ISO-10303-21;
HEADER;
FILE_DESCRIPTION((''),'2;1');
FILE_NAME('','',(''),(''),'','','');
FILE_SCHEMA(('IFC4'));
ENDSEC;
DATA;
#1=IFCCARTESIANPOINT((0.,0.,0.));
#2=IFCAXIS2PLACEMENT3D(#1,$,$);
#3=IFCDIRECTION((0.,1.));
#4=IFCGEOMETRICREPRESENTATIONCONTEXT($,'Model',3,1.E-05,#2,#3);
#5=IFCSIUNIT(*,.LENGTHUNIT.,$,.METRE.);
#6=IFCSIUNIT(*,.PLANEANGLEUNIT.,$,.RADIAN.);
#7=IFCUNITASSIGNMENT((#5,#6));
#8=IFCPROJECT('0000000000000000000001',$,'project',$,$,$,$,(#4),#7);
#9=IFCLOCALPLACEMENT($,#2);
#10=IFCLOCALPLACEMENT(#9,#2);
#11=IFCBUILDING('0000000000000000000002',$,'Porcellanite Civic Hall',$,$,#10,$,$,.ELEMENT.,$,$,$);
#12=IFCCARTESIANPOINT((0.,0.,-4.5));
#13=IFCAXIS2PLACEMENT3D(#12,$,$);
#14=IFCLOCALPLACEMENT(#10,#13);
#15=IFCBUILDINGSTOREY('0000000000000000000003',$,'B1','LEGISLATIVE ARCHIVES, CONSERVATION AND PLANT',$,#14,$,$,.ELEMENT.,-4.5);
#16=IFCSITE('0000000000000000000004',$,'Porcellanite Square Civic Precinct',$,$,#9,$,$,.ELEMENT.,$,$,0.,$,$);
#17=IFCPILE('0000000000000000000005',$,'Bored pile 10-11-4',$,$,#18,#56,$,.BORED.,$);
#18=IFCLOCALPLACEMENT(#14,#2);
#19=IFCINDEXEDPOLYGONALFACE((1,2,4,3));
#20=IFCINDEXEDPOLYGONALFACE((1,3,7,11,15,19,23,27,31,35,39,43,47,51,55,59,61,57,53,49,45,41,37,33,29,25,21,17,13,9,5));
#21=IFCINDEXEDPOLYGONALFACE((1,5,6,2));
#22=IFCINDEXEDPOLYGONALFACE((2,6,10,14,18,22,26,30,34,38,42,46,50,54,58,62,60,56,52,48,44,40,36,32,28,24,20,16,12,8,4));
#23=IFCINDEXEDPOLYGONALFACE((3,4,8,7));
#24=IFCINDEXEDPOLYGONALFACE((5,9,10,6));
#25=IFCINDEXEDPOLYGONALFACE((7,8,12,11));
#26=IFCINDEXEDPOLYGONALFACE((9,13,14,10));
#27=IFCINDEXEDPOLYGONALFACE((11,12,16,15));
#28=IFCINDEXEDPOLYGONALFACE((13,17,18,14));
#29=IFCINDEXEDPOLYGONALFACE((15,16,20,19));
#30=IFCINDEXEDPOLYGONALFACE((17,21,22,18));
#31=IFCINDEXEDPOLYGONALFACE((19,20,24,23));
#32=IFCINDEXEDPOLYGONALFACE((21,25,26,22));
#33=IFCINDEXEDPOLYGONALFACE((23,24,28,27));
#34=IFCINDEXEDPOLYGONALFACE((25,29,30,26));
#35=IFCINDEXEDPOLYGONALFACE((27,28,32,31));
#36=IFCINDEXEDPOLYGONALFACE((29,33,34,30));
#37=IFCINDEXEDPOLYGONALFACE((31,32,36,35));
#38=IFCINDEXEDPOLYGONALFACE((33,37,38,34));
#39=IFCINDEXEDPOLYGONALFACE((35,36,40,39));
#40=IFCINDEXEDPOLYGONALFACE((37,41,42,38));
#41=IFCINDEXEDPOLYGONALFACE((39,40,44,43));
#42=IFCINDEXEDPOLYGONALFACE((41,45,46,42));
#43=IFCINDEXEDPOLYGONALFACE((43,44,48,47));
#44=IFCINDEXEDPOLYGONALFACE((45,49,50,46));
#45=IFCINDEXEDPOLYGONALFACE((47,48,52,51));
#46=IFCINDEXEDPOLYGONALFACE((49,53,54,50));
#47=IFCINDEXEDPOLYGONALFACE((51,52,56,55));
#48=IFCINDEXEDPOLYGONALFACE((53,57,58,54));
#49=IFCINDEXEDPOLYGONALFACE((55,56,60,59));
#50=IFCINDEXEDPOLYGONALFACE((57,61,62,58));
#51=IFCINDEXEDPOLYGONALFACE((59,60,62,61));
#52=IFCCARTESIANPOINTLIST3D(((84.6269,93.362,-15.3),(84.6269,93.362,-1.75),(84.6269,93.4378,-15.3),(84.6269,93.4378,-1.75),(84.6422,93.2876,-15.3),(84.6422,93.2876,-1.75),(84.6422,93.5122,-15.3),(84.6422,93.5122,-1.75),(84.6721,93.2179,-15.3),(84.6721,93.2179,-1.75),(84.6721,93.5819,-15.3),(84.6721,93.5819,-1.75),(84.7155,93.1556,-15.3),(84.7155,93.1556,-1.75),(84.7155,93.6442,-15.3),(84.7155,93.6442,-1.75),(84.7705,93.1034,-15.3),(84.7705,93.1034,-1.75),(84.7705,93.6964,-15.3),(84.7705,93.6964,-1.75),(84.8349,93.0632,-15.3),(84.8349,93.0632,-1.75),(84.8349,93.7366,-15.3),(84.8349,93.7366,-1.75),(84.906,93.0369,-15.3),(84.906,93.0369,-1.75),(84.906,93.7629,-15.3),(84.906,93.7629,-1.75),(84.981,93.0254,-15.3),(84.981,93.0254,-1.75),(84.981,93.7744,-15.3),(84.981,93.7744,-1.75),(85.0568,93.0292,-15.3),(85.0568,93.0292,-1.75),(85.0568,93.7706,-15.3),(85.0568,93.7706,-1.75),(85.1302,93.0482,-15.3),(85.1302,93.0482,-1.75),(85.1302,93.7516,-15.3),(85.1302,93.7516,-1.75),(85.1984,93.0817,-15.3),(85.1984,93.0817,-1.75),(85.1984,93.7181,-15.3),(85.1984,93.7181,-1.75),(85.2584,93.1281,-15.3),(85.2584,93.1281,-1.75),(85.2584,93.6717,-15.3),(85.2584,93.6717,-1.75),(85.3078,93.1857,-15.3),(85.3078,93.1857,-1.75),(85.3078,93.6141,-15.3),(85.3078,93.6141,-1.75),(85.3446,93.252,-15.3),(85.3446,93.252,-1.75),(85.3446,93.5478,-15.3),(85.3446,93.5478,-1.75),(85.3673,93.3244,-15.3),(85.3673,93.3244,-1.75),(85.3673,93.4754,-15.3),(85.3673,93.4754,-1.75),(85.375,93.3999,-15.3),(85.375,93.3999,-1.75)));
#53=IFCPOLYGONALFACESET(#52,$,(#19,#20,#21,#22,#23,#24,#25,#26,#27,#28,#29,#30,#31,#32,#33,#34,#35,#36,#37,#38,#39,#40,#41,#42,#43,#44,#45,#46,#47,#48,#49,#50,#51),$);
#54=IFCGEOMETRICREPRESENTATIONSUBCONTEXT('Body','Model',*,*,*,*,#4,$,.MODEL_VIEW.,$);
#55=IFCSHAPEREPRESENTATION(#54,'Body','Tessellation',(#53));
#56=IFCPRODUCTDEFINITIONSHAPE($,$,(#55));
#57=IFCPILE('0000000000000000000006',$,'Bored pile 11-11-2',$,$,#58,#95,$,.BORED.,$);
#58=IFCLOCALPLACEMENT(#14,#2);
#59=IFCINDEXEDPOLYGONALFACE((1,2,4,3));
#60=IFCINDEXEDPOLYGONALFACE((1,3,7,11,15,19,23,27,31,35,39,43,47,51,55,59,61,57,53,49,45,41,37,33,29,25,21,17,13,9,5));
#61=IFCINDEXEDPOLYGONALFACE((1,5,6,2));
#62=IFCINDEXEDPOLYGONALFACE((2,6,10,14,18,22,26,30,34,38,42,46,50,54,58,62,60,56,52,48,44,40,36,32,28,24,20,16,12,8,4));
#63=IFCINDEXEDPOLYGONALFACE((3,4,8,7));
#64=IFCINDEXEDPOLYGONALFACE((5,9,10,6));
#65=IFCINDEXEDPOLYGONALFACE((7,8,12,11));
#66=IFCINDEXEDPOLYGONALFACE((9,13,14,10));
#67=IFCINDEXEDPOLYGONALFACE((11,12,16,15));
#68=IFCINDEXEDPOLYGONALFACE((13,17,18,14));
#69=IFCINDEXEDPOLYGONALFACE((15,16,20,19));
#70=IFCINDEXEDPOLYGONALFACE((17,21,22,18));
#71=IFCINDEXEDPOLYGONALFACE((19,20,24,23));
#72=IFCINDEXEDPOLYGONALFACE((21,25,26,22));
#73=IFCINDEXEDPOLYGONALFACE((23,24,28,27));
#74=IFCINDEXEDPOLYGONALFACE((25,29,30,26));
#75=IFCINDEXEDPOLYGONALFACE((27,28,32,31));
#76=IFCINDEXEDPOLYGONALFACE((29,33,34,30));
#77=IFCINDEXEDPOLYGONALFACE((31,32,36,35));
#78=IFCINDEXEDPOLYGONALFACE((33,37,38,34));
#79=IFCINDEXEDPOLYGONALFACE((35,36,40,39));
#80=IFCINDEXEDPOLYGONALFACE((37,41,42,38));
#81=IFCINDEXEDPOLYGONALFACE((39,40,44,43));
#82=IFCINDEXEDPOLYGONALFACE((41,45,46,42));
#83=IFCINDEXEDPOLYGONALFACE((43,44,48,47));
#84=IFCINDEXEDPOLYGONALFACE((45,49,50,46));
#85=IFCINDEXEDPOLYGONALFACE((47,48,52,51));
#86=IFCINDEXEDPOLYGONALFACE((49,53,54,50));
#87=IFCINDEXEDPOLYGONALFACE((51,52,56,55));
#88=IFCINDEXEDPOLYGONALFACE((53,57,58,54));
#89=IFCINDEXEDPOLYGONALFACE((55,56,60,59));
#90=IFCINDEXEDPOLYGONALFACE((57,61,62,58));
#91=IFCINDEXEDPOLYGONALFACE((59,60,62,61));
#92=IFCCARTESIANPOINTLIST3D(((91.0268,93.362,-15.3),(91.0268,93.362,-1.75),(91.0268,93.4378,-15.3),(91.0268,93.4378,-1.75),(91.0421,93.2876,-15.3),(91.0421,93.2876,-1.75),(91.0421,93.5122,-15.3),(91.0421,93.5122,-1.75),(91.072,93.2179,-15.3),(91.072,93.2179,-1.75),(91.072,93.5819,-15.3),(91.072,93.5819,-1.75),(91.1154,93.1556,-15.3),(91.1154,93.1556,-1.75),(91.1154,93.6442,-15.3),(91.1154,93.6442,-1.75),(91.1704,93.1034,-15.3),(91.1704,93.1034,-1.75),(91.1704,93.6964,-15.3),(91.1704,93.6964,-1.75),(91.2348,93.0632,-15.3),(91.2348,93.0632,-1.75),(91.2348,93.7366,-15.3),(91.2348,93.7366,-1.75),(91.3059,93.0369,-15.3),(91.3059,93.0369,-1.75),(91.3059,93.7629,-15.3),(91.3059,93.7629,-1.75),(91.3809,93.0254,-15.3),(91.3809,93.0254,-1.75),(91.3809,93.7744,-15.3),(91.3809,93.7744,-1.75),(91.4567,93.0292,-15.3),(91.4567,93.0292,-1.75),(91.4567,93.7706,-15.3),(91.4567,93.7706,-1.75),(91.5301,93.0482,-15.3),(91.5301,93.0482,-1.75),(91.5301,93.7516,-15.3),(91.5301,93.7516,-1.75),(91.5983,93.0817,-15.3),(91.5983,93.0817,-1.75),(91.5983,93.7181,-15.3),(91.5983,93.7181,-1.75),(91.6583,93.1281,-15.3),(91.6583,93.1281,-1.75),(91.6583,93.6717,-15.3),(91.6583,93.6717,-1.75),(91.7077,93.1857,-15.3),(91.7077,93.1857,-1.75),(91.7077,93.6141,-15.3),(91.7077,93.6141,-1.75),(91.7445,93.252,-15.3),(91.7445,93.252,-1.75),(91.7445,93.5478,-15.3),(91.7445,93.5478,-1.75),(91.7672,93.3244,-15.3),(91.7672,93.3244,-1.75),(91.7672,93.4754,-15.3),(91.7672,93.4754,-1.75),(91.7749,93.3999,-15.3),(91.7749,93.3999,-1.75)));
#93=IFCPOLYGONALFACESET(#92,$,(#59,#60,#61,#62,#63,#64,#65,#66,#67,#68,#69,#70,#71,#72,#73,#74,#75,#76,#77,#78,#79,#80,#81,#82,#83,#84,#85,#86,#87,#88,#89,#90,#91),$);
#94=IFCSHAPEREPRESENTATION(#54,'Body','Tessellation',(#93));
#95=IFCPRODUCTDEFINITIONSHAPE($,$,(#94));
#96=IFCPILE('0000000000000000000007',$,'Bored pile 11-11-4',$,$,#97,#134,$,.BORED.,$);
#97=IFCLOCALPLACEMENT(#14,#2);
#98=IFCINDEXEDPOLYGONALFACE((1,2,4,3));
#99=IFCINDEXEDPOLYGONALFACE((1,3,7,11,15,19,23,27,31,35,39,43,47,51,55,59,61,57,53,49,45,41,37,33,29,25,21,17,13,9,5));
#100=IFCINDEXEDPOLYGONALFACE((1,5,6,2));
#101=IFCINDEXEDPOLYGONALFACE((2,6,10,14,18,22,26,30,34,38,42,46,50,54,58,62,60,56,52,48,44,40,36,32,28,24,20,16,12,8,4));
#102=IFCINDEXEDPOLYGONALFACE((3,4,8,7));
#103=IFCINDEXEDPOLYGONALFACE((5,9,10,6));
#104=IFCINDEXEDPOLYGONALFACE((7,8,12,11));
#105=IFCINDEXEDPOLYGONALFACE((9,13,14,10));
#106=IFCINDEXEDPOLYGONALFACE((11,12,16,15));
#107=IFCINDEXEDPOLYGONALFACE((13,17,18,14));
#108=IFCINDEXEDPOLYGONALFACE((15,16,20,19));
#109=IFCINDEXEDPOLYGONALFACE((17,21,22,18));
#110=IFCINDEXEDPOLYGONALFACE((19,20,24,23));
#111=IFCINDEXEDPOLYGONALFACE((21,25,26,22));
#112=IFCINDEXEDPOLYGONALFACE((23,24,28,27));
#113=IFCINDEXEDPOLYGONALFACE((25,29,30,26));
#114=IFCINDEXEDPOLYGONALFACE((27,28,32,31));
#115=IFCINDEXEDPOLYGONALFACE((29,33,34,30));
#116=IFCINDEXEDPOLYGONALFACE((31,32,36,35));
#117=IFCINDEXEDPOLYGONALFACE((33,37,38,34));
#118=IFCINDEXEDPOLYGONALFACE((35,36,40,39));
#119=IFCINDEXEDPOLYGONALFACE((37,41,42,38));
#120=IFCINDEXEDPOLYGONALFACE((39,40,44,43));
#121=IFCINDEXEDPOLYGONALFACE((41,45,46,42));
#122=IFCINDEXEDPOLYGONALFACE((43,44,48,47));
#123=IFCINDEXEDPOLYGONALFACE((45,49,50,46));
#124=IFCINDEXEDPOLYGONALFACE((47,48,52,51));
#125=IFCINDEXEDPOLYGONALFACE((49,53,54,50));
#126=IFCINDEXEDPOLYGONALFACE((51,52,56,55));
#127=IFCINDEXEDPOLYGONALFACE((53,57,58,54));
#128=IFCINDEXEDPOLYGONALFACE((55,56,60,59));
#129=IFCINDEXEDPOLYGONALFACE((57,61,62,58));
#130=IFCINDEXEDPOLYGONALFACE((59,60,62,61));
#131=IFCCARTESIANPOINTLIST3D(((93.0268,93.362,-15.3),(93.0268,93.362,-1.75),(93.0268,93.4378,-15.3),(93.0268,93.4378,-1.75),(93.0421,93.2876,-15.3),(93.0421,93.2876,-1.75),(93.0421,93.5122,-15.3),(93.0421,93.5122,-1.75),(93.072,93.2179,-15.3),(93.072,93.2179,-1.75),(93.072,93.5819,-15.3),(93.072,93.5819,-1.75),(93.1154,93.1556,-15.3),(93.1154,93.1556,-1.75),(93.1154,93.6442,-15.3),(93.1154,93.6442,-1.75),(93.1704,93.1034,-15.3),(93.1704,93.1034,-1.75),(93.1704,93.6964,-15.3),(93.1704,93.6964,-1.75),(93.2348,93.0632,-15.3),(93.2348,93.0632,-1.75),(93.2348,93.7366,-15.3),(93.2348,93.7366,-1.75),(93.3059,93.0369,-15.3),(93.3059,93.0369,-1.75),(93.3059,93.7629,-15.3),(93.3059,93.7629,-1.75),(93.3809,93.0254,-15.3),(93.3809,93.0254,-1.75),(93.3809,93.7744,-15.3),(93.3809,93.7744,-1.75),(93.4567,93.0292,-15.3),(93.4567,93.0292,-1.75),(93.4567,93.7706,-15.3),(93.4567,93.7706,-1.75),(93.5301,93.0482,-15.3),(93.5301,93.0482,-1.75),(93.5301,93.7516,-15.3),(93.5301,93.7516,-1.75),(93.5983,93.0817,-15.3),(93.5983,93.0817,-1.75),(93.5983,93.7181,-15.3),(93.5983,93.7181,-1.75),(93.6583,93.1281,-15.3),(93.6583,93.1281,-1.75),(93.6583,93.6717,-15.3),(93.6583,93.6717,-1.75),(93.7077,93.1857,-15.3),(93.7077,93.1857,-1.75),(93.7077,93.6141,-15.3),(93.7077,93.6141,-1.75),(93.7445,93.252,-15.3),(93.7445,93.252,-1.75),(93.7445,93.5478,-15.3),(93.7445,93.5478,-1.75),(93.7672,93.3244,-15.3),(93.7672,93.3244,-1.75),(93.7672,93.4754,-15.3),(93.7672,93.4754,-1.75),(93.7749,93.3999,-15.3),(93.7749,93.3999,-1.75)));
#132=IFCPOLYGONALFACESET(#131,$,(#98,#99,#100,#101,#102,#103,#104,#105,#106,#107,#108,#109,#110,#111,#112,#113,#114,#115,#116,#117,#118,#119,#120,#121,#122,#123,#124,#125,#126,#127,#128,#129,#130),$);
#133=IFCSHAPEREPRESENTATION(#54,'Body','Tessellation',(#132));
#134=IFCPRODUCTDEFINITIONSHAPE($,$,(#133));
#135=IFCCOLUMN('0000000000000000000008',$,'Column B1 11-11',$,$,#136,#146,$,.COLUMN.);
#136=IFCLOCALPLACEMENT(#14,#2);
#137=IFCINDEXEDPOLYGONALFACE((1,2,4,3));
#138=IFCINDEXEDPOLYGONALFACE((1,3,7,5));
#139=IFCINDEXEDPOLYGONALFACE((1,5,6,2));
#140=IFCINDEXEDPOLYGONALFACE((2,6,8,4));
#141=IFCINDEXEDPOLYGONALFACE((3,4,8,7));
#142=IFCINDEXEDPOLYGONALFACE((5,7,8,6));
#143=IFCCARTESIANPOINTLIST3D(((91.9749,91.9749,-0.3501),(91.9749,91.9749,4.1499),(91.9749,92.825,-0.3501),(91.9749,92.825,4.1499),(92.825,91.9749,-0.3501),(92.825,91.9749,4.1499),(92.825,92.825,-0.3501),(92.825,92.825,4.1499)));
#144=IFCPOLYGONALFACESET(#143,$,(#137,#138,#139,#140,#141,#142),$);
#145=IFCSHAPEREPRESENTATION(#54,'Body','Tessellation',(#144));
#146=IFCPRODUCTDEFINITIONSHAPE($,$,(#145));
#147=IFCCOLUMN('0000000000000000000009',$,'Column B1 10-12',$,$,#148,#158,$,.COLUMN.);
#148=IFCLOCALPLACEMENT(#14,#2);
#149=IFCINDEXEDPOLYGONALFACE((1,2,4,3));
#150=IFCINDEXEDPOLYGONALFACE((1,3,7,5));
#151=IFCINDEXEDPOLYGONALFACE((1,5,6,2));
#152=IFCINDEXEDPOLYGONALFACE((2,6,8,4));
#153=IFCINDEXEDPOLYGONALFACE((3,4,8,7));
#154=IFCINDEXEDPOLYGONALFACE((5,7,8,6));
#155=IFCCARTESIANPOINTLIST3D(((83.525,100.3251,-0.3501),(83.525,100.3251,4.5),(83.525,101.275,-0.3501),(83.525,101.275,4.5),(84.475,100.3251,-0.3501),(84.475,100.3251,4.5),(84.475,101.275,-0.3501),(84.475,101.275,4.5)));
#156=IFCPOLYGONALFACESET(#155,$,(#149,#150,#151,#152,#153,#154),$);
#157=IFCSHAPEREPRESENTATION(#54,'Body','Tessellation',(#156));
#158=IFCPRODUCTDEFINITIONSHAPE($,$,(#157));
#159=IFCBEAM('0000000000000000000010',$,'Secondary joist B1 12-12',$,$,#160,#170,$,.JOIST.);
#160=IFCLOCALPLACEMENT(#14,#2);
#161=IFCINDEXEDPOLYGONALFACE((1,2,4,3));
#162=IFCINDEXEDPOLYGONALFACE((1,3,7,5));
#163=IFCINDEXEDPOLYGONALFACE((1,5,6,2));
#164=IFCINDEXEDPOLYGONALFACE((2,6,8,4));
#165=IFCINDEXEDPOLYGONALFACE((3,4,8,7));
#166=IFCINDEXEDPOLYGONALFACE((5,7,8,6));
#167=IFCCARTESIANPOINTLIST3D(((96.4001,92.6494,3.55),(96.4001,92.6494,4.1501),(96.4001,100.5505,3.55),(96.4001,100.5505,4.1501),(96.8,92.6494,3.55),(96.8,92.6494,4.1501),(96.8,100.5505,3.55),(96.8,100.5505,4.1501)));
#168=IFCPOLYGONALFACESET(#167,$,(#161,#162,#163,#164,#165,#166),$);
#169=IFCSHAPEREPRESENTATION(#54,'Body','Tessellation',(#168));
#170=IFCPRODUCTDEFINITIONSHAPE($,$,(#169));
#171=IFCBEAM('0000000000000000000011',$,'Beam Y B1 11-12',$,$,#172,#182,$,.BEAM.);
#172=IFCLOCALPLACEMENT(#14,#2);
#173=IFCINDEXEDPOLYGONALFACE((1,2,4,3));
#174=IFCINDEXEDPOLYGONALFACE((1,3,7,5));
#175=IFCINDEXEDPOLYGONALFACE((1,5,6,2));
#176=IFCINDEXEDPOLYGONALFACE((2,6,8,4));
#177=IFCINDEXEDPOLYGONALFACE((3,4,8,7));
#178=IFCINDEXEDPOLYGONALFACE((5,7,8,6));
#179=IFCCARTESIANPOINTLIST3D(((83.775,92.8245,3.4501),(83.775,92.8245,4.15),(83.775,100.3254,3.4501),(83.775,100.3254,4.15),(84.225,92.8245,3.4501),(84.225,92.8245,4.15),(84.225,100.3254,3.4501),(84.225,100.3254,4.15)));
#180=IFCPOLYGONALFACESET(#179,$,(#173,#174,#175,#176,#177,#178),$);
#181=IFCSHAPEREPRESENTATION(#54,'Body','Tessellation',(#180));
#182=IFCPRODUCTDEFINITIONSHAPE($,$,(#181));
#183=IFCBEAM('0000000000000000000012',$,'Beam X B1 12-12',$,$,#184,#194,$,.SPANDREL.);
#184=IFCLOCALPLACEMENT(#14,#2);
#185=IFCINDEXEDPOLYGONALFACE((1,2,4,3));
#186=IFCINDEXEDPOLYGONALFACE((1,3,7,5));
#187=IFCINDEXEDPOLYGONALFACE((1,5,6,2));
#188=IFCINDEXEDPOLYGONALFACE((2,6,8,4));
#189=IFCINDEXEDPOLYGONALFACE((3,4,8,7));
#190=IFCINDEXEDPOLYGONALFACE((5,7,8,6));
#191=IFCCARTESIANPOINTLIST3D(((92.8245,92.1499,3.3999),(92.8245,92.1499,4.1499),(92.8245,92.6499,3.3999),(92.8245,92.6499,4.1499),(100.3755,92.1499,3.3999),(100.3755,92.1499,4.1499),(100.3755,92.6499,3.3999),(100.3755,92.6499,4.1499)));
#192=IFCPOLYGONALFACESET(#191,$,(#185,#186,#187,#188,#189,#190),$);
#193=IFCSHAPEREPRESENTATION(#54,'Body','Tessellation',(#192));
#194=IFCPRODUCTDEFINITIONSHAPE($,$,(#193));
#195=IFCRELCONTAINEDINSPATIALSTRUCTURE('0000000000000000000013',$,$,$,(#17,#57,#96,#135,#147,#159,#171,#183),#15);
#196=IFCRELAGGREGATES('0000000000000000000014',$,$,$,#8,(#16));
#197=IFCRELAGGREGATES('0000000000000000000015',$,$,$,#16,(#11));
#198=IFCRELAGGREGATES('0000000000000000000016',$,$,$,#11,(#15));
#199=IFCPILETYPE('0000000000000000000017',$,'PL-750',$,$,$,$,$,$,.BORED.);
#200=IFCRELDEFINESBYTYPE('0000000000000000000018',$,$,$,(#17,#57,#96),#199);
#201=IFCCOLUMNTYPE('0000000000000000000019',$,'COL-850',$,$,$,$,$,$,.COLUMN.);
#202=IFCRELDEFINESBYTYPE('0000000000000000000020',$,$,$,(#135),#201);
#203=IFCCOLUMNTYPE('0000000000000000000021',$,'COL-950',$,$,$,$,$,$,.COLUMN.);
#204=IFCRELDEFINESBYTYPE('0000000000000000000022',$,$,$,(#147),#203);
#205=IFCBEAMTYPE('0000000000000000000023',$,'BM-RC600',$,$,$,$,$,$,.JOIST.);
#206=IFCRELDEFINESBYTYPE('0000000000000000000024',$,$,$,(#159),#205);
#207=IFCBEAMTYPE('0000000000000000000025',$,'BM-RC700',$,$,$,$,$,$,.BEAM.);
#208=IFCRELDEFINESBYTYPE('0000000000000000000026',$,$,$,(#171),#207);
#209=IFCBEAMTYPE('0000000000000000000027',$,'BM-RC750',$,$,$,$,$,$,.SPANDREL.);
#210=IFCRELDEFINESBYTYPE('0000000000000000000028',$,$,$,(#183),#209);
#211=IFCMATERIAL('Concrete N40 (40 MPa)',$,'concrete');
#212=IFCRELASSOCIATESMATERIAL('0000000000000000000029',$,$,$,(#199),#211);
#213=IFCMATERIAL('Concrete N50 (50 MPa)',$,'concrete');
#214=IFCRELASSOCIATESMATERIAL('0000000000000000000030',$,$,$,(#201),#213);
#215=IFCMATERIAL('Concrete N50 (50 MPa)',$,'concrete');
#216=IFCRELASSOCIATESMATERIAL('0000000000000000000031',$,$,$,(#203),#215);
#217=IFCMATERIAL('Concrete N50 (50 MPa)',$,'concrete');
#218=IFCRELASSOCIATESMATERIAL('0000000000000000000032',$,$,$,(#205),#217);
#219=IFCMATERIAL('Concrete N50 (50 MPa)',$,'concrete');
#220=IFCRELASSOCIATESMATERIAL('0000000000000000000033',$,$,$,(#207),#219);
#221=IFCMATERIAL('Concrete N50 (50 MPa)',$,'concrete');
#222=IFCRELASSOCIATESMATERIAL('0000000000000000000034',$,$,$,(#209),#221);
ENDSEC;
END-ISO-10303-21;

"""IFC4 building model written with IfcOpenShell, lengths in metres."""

from ifc_helpers import new_model, si_unit, direction, frame, origin, origin_2d, place, context, subcontext, project, spatial, rectangle, circle, extrude, material, material_profile, profile_set, type_object, element, save


model = new_model("IFC4")

# Units and contexts
model_context = context("Model", 3, precision=1e-05, world=origin(), true_north=direction((0.0, 1.0)))
body_context = subcontext(model_context, "Body", "Model", "MODEL_VIEW")
ifc_project = project(units=[si_unit("LENGTHUNIT", "METRE"), si_unit("PLANEANGLEUNIT", "RADIAN")], contexts=[model_context])

# Site, building, storey
site_placement = place(None, origin())
site = spatial("IfcSite", under=ifc_project, at=site_placement, Name="Porcellanite Square Civic Precinct", CompositionType="ELEMENT", RefElevation=0.0)
building_placement = place(site_placement, origin())
building = spatial("IfcBuilding", under=site, at=building_placement, Name="Porcellanite Civic Hall", CompositionType="ELEMENT")
storey_placement = place(building_placement, frame((0.0, 0.0, -4.5)))
storey = spatial("IfcBuildingStorey", under=building, at=storey_placement, Name="B1", Description="LEGISLATIVE ARCHIVES, CONSERVATION AND PLANT", CompositionType="ELEMENT", Elevation=-4.5)

# Piles
ifc_material_1 = material(Name="Concrete N40 (40 MPa)", Category="concrete")
ifc_material_profile_1 = material_profile(ifc_material_1, circle(Radius=0.375, at=origin_2d()), Name="PILE-D750")
ifc_profile_set_1 = profile_set([ifc_material_profile_1], Name="Concrete N40 (40 MPa)")
pile_type_1 = type_object("IfcPileType", Name="PL-750", PredefinedType="BORED", material=ifc_profile_set_1)
for number, where, z_axis, x_axis, name in (
    (1, (85.0, 93.3999, -1.75), (0.0, 0.0, -1.0), (1.0, 0.0, 0.0), "Bored pile 10-11-4"),
    (2, (91.3999, 93.3999, -1.75), (0.0, 0.0, -1.0), (1.0, 0.0, 0.0), "Bored pile 11-11-2"),
    (3, (93.3999, 93.3999, -1.75), (0.0, 0.0, -1.0), (1.0, 0.0, 0.0), "Bored pile 11-11-4"),
):
    element("IfcPile", number, at=place(storey_placement, frame(where, z_axis=z_axis, x_axis=x_axis)), inside=storey, type_object=pile_type_1, Name=name, PredefinedType="BORED", context=body_context, shape_type="SweptSolid", body=[
        extrude(circle(Radius=0.375, at=origin_2d()), origin(), (0.0, 0.0, 1.0), 13.55),
    ])

# Columns
ifc_material_2 = material(Name="Concrete N50 (50 MPa)", Category="concrete")
ifc_material_profile_2 = material_profile(ifc_material_2, rectangle(XDim=0.8501, YDim=0.8501, at=origin_2d()), Name="RC-850x850")
ifc_profile_set_2 = profile_set([ifc_material_profile_2], Name="Concrete N50 (50 MPa)")
column_type_1 = type_object("IfcColumnType", Name="COL-850", PredefinedType="COLUMN", material=ifc_profile_set_2)
column_1_placement = place(storey_placement, frame((92.3999, 92.3999, -0.3501), z_axis=(0.0, 0.0, 1.0), x_axis=(1.0, 0.0, 0.0)))
element("IfcColumn", 4, at=column_1_placement, inside=storey, type_object=column_type_1, Name="Column B1 11-11", PredefinedType="COLUMN", context=body_context, shape_type="SweptSolid", body=[
    extrude(rectangle(XDim=0.8501, YDim=0.8501, at=origin_2d()), origin(), (0.0, 0.0, 1.0), 4.5),
])
ifc_material_3 = material(Name="Concrete N50 (50 MPa)", Category="concrete")
ifc_material_profile_3 = material_profile(ifc_material_3, rectangle(XDim=0.95, YDim=0.95, at=origin_2d()), Name="RC-950x950")
ifc_profile_set_3 = profile_set([ifc_material_profile_3], Name="Concrete N50 (50 MPa)")
column_type_2 = type_object("IfcColumnType", Name="COL-950", PredefinedType="COLUMN", material=ifc_profile_set_3)
column_2_placement = place(storey_placement, frame((84.0, 100.8, -0.3501), z_axis=(0.0, 0.0, 1.0), x_axis=(1.0, 0.0, 0.0)))
element("IfcColumn", 5, at=column_2_placement, inside=storey, type_object=column_type_2, Name="Column B1 10-12", PredefinedType="COLUMN", context=body_context, shape_type="SweptSolid", body=[
    extrude(rectangle(XDim=0.95, YDim=0.95, at=origin_2d()), origin(), (0.0, 0.0, 1.0), 4.8501),
])

# Beams
ifc_material_4 = material(Name="Concrete N50 (50 MPa)", Category="concrete")
ifc_material_profile_4 = material_profile(ifc_material_4, rectangle(XDim=0.3999, YDim=0.6001, at=origin_2d()), Name="RC-400x600")
ifc_profile_set_4 = profile_set([ifc_material_profile_4], Name="Concrete N50 (50 MPa)")
beam_type_1 = type_object("IfcBeamType", Name="BM-RC600", PredefinedType="JOIST", material=ifc_profile_set_4)
beam_1_placement = place(storey_placement, frame((96.6001, 92.6494, 3.8501), z_axis=(0.0, 1.0, 0.0), x_axis=(-1.0, 0.0, 0.0)))
element("IfcBeam", 6, at=beam_1_placement, inside=storey, type_object=beam_type_1, Name="Secondary joist B1 12-12", PredefinedType="JOIST", context=body_context, shape_type="SweptSolid", body=[
    extrude(rectangle(XDim=0.3999, YDim=0.6001, at=origin_2d()), origin(), (0.0, 0.0, 1.0), 7.9011),
])
ifc_material_5 = material(Name="Concrete N50 (50 MPa)", Category="concrete")
ifc_material_profile_5 = material_profile(ifc_material_5, rectangle(XDim=0.45, YDim=0.7, at=origin_2d()), Name="RC-450x700")
ifc_profile_set_5 = profile_set([ifc_material_profile_5], Name="Concrete N50 (50 MPa)")
beam_type_2 = type_object("IfcBeamType", Name="BM-RC700", PredefinedType="BEAM", material=ifc_profile_set_5)
beam_2_placement = place(storey_placement, frame((84.0, 92.8245, 3.8), z_axis=(0.0, 1.0, 0.0), x_axis=(-1.0, 0.0, 0.0)))
element("IfcBeam", 7, at=beam_2_placement, inside=storey, type_object=beam_type_2, Name="Beam Y B1 11-12", PredefinedType="BEAM", context=body_context, shape_type="SweptSolid", body=[
    extrude(rectangle(XDim=0.45, YDim=0.7, at=origin_2d()), origin(), (0.0, 0.0, 1.0), 7.501),
])
ifc_material_6 = material(Name="Concrete N50 (50 MPa)", Category="concrete")
ifc_material_profile_6 = material_profile(ifc_material_6, rectangle(XDim=0.5, YDim=0.75, at=origin_2d()), Name="RC-500x750")
ifc_profile_set_6 = profile_set([ifc_material_profile_6], Name="Concrete N50 (50 MPa)")
beam_type_3 = type_object("IfcBeamType", Name="BM-RC750", PredefinedType="SPANDREL", material=ifc_profile_set_6)
beam_3_placement = place(storey_placement, frame((92.8245, 92.3999, 3.7749), z_axis=(1.0, 0.0, 0.0), x_axis=(0.0, 1.0, 0.0)))
element("IfcBeam", 8, at=beam_3_placement, inside=storey, type_object=beam_type_3, Name="Beam X B1 12-12", PredefinedType="SPANDREL", context=body_context, shape_type="SweptSolid", body=[
    extrude(rectangle(XDim=0.5, YDim=0.75, at=origin_2d()), origin(), (0.0, 0.0, 1.0), 7.551),
])

save(model, "model.ifc")
